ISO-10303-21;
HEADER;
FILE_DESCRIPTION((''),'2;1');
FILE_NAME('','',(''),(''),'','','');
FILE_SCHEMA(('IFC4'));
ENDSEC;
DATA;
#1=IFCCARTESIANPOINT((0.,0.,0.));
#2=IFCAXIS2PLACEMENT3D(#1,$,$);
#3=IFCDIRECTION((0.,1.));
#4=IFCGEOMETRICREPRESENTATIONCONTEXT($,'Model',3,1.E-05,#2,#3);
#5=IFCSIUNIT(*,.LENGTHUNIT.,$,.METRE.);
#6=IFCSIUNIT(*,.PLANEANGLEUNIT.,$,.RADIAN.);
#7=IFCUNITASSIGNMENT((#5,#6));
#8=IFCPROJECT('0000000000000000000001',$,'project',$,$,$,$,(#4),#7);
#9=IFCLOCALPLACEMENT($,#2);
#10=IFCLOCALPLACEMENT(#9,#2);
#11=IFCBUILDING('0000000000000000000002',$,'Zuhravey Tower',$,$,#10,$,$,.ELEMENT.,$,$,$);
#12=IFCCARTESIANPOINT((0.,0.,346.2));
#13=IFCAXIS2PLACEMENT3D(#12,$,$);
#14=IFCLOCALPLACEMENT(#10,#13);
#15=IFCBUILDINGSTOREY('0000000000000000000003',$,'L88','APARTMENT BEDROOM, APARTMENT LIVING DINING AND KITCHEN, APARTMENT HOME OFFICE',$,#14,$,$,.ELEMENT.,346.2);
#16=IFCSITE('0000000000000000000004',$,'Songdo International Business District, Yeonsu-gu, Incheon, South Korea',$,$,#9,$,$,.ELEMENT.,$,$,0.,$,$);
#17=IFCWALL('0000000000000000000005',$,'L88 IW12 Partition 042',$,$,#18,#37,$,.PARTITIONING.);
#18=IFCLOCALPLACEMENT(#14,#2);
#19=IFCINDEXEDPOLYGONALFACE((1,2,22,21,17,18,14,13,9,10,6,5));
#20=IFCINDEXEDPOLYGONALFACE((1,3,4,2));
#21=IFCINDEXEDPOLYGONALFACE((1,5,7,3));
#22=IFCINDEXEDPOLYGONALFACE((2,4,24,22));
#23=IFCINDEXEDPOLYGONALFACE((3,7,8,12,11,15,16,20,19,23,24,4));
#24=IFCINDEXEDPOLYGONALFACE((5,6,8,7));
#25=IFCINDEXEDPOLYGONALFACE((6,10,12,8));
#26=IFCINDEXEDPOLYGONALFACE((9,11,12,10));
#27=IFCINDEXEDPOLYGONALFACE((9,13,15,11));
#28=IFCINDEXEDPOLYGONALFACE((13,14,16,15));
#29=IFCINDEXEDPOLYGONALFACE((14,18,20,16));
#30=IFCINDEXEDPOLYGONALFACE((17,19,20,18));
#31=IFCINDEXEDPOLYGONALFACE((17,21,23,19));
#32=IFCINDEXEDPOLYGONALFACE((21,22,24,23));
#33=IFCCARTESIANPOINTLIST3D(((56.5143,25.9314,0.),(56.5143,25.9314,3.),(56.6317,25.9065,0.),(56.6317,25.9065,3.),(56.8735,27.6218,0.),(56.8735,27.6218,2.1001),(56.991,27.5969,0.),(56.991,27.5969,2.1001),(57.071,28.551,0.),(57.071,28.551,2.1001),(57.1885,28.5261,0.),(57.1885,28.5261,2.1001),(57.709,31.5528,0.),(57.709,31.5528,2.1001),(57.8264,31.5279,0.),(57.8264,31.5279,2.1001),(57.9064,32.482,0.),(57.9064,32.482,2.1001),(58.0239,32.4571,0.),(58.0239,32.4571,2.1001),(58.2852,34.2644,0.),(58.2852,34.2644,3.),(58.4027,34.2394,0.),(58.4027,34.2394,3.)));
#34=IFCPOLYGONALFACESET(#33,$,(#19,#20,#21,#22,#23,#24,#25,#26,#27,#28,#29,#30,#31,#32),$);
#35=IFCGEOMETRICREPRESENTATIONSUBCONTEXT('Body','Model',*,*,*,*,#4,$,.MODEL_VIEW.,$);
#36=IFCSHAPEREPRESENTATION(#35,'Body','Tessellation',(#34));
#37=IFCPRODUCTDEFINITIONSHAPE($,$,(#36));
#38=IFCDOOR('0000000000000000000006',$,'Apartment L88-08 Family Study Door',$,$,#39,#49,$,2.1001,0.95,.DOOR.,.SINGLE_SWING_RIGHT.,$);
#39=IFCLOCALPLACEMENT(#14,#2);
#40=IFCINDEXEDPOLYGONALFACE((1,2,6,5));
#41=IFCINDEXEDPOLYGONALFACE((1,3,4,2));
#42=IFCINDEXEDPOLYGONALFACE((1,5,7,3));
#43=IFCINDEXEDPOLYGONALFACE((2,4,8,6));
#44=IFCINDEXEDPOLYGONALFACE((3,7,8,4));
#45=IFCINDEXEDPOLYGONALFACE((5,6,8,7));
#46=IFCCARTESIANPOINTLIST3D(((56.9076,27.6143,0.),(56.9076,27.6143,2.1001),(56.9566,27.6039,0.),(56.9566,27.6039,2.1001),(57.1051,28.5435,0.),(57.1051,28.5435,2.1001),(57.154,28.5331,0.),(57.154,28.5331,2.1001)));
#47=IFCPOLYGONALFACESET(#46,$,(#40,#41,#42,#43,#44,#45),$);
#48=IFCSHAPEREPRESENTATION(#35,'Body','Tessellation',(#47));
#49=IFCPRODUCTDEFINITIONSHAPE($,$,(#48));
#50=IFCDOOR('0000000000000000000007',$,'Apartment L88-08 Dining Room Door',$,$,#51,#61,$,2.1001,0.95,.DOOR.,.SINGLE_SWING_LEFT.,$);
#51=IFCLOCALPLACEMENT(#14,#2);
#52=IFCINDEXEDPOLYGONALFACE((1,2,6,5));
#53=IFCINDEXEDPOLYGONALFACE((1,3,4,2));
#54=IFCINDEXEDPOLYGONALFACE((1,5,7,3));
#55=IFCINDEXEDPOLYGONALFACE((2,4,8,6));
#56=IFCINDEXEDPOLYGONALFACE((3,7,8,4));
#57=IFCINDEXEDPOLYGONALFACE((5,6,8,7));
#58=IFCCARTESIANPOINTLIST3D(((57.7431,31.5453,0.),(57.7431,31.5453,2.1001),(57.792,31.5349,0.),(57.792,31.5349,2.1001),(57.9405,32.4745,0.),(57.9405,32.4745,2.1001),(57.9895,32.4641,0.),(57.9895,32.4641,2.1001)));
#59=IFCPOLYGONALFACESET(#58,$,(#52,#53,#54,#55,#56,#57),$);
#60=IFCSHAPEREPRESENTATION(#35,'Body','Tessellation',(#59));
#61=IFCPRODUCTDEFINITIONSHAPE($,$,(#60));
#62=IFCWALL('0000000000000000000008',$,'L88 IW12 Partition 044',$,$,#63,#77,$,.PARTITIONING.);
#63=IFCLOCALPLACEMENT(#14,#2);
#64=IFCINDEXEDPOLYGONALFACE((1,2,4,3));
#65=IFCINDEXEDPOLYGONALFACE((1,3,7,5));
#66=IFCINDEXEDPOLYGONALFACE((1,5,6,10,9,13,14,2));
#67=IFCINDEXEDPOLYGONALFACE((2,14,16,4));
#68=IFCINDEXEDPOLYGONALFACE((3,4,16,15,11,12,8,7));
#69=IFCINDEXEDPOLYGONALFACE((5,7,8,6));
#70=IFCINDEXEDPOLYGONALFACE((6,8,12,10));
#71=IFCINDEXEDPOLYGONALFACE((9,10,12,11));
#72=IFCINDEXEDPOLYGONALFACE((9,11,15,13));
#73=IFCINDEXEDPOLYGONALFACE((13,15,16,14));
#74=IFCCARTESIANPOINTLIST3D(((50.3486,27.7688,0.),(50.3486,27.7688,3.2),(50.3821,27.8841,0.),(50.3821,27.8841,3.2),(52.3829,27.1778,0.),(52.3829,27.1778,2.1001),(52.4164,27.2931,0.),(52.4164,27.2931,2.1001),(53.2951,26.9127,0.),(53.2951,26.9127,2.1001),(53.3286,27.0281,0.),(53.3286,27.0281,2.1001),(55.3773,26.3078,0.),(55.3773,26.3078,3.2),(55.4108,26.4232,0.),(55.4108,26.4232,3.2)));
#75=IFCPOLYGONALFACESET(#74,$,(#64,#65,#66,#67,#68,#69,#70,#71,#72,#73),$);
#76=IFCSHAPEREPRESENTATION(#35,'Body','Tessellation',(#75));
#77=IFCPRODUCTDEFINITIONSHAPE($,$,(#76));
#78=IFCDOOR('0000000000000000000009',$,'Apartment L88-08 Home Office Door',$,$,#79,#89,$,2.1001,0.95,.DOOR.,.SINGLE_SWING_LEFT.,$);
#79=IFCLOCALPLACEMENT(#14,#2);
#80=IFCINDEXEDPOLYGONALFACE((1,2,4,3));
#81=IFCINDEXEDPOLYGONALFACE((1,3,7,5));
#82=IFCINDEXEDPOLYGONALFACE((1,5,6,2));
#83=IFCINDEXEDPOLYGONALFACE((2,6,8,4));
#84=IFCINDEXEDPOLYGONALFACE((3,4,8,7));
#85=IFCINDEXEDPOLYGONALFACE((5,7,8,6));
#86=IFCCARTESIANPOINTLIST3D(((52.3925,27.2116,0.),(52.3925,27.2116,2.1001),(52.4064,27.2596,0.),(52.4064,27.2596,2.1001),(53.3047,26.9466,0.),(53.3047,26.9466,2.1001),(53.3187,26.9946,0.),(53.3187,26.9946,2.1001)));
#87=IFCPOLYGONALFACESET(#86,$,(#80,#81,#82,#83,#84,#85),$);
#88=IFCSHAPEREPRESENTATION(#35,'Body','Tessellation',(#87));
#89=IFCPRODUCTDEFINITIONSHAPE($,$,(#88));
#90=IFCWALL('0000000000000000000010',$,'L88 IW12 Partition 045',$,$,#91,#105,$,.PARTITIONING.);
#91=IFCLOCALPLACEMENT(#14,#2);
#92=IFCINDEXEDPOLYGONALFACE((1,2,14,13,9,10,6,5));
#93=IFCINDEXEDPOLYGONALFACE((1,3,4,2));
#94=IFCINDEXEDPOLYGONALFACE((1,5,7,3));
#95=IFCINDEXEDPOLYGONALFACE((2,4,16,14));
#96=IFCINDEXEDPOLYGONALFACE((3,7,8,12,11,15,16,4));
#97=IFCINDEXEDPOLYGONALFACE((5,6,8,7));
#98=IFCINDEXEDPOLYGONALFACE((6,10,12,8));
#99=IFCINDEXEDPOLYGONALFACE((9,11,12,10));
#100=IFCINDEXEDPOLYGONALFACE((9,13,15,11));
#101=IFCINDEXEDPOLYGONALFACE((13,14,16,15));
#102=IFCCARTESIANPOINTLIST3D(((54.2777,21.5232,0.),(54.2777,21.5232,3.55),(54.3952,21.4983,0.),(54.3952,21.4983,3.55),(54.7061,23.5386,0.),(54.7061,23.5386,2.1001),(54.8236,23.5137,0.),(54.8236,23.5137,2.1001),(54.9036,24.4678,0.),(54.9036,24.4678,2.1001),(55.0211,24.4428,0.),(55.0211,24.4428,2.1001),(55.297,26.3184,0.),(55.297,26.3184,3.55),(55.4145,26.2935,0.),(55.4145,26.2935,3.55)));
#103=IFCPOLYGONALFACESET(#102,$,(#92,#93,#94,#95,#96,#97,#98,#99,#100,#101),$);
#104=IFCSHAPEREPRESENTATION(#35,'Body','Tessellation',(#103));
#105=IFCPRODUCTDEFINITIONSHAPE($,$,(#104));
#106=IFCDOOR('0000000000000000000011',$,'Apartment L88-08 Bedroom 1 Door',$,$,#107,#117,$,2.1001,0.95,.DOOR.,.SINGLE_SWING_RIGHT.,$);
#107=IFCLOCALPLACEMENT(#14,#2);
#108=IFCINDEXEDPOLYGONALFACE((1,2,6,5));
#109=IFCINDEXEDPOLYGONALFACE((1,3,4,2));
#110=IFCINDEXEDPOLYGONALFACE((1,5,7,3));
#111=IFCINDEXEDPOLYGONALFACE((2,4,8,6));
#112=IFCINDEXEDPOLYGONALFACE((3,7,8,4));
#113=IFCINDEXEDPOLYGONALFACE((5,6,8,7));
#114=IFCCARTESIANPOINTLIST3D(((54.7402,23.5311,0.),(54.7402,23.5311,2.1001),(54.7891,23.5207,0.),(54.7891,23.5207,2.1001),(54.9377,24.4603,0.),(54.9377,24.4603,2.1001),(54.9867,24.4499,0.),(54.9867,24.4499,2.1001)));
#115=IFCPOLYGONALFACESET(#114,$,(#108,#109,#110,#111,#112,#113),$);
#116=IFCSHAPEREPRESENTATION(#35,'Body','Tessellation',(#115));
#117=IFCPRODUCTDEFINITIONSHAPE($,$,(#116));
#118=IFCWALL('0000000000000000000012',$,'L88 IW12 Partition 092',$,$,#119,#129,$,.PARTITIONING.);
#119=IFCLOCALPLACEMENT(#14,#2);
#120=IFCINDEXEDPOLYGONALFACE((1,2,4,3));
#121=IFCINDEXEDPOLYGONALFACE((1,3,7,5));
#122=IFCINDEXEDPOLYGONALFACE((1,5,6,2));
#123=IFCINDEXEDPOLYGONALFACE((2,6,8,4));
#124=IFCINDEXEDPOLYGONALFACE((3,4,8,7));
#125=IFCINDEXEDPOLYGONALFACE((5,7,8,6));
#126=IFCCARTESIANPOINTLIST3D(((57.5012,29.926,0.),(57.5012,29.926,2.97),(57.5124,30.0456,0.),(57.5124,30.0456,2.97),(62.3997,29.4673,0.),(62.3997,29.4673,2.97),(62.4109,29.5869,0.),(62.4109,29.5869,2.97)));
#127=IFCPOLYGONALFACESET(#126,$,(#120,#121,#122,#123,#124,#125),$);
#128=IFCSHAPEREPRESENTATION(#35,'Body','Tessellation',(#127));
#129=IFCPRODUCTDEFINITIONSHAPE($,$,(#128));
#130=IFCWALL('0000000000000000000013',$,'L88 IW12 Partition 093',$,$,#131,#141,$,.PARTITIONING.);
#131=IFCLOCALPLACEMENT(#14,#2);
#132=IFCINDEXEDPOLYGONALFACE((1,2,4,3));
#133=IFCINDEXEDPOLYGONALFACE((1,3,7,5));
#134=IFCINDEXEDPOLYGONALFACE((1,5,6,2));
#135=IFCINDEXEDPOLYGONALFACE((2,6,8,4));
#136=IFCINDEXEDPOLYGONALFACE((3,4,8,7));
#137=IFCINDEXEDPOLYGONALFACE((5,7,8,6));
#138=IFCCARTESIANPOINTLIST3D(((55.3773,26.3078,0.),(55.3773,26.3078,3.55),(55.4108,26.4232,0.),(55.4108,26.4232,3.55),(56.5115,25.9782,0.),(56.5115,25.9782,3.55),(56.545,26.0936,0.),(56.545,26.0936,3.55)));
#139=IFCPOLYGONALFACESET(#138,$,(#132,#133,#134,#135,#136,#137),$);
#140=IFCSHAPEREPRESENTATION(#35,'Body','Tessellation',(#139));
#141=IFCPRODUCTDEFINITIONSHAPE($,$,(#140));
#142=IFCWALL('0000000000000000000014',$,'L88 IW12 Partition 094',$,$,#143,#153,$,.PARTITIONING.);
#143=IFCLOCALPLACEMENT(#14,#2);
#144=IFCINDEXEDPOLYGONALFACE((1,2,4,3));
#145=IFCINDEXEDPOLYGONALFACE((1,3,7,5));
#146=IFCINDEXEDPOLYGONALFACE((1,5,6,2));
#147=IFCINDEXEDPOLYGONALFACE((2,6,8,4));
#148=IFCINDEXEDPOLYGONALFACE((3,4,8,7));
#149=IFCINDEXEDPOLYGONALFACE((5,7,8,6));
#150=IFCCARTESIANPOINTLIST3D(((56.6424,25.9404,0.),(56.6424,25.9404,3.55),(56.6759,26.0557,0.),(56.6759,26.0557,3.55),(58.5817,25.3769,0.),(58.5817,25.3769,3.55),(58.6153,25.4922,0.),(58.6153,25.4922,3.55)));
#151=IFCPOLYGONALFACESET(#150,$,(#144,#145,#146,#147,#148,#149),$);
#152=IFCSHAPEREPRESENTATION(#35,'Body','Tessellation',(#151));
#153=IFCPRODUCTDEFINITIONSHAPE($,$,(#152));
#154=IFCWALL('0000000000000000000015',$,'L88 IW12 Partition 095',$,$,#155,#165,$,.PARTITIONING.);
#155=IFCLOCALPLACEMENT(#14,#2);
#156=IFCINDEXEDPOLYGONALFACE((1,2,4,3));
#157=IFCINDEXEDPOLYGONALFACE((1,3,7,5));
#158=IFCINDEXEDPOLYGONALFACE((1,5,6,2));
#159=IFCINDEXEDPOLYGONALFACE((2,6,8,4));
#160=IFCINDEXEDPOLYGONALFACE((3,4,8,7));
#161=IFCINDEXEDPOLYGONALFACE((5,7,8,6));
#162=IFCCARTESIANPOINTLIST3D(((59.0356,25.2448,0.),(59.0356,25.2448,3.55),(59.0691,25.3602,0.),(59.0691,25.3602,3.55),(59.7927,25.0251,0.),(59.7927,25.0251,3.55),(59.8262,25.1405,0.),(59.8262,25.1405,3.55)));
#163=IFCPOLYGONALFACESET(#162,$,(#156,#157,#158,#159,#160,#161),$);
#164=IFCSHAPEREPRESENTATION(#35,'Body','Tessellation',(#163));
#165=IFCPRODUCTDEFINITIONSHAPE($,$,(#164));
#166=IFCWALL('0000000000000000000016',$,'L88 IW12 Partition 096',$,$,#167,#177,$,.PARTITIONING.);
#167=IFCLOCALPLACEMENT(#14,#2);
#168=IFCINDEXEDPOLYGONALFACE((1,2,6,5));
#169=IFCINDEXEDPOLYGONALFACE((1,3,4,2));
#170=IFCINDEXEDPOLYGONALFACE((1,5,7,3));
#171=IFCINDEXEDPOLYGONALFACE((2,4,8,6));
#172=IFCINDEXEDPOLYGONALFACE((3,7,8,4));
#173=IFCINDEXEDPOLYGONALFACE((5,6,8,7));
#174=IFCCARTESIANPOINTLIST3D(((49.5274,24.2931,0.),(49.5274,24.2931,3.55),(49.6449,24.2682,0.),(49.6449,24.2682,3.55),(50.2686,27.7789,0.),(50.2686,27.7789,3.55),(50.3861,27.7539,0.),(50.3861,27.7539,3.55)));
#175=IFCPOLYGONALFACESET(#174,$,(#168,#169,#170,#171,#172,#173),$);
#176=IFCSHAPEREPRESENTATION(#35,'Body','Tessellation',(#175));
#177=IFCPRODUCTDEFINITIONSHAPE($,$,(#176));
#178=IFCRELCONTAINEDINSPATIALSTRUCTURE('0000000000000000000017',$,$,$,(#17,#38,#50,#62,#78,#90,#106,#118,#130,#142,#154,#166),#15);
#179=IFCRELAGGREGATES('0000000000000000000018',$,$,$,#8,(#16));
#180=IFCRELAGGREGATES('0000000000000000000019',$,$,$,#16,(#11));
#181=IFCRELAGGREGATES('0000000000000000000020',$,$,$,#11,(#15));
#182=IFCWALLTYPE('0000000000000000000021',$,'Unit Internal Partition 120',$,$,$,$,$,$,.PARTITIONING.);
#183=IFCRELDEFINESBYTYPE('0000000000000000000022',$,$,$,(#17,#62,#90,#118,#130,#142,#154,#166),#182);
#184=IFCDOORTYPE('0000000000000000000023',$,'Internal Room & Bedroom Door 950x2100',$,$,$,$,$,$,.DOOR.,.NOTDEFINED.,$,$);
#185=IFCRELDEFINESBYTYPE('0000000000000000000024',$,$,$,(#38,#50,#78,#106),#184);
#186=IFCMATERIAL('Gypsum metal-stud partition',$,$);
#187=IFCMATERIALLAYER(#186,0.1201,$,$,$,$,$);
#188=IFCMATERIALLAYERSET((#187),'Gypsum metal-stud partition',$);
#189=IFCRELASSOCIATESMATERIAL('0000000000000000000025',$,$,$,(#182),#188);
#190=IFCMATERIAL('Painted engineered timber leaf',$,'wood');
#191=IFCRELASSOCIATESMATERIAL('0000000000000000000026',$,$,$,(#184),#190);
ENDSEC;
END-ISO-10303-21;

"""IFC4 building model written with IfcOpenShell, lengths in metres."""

from ifc_helpers import new_model, si_unit, direction, frame, frame_2d, origin, place, context, subcontext, project, spatial, rectangle, extrude, material, layer, layer_set, type_object, element, fill, save


model = new_model("IFC4")

# Units and contexts
model_context = context("Model", 3, precision=1e-05, world=origin(), true_north=direction((0.0, 1.0)))
body_context = subcontext(model_context, "Body", "Model", "MODEL_VIEW")
ifc_project = project(units=[si_unit("LENGTHUNIT", "METRE"), si_unit("PLANEANGLEUNIT", "RADIAN")], contexts=[model_context])

# Site, building, storey
site_placement = place(None, origin())
site = spatial("IfcSite", under=ifc_project, at=site_placement, Name="Songdo International Business District, Yeonsu-gu, Incheon, South Korea", CompositionType="ELEMENT", RefElevation=0.0)
building_placement = place(site_placement, origin())
building = spatial("IfcBuilding", under=site, at=building_placement, Name="Zuhravey Tower", CompositionType="ELEMENT")
storey_placement = place(building_placement, frame((0.0, 0.0, 346.2)))
storey = spatial("IfcBuildingStorey", under=building, at=storey_placement, Name="L88", Description="APARTMENT BEDROOM, APARTMENT LIVING DINING AND KITCHEN, APARTMENT HOME OFFICE", CompositionType="ELEMENT", Elevation=346.2)

# Wall, openings, doors
ifc_material_1 = material(Name="Gypsum metal-stud partition")
ifc_layer_1 = layer(ifc_material_1, 0.1201)
ifc_layer_set_1 = layer_set([ifc_layer_1], Name="Gypsum metal-stud partition")
wall_type_1 = type_object("IfcWallType", Name="Unit Internal Partition 120", PredefinedType="PARTITIONING", material=ifc_layer_set_1)
wall_1_placement = place(storey_placement, frame((56.573, 25.9189, 0.0), z_axis=(0.0, 0.0, 1.0), x_axis=(0.207885, 0.978153, 0.0)))
wall_1 = element("IfcWall", 1, at=wall_1_placement, inside=storey, type_object=wall_type_1, Name="L88 IW12 Partition 042", PredefinedType="PARTITIONING", context=body_context, shape_type="SweptSolid", body=[
    extrude(rectangle(XDim=8.519, YDim=0.1201, at=frame_2d((4.2595, 0.0))), origin(), (0.0, 0.0, 1.0), 3.0),
])
opening_1_placement = place(wall_1_placement, frame((1.728, 0.0, 0.0)))
opening_1 = element("IfcOpeningElement", 2, at=opening_1_placement, cuts=wall_1, PredefinedType="OPENING", context=body_context, shape_type="SweptSolid", body=[
    extrude(rectangle(XDim=0.95, YDim=2.1001, at=frame_2d((0.4751, 1.05))), frame((0.0, 0.072, 0.0), z_axis=(0.0, -1.0, 0.0), x_axis=(1.0, 0.0, 0.0)), (0.0, 0.0, 1.0), 0.144),
])
opening_2_placement = place(wall_1_placement, frame((5.7468, 0.0, 0.0)))
opening_2 = element("IfcOpeningElement", 3, at=opening_2_placement, cuts=wall_1, PredefinedType="OPENING", context=body_context, shape_type="SweptSolid", body=[
    extrude(rectangle(XDim=0.95, YDim=2.1001, at=frame_2d((0.4751, 1.05))), frame((0.0, 0.072, 0.0), z_axis=(0.0, -1.0, 0.0), x_axis=(1.0, 0.0, 0.0)), (0.0, 0.0, 1.0), 0.144),
])
ifc_material_2 = material(Name="Painted engineered timber leaf", Category="wood")
door_type_1 = type_object("IfcDoorType", Name="Internal Room & Bedroom Door 950x2100", OperationType="NOTDEFINED", PredefinedType="DOOR", material=ifc_material_2)
door_1_placement = place(opening_1_placement, frame((0.95, 0.0, 0.0), z_axis=(0.0, 0.0, 1.0), x_axis=(-1.0, 0.0, 0.0)))
door_1 = element("IfcDoor", 4, at=door_1_placement, inside=storey, type_object=door_type_1, Name="Apartment L88-08 Family Study Door", OperationType="SINGLE_SWING_RIGHT", OverallHeight=2.1001, OverallWidth=0.95, PredefinedType="DOOR", context=body_context, shape_type="SweptSolid", body=[
    extrude(rectangle(XDim=0.95, YDim=2.1001, at=frame_2d((0.4751, 1.05))), frame((0.0, 0.0249, 0.0), z_axis=(0.0, -1.0, 0.0), x_axis=(1.0, 0.0, 0.0)), (0.0, 0.0, 1.0), 0.05),
])
fill(opening_1, door_1)
door_2_placement = place(opening_2_placement, frame((0.95, 0.0, 0.0), z_axis=(0.0, 0.0, 1.0), x_axis=(-1.0, 0.0, 0.0)))
door_2 = element("IfcDoor", 5, at=door_2_placement, inside=storey, type_object=door_type_1, Name="Apartment L88-08 Dining Room Door", OperationType="SINGLE_SWING_LEFT", OverallHeight=2.1001, OverallWidth=0.95, PredefinedType="DOOR", context=body_context, shape_type="SweptSolid", body=[
    extrude(rectangle(XDim=0.95, YDim=2.1001, at=frame_2d((0.4751, 1.05))), frame((0.0, 0.0249, 0.0), z_axis=(0.0, -1.0, 0.0), x_axis=(1.0, 0.0, 0.0)), (0.0, 0.0, 1.0), 0.05),
])
fill(opening_2, door_2)

# Walls, openings, doors
wall_2_placement = place(storey_placement, frame((50.3655, 27.8264, 0.0), z_axis=(0.0, 0.0, 1.0), x_axis=(0.960293, -0.278992, 0.0)))
wall_2 = element("IfcWall", 6, at=wall_2_placement, inside=storey, type_object=wall_type_1, Name="L88 IW12 Partition 044", PredefinedType="PARTITIONING", context=body_context, shape_type="SweptSolid", body=[
    extrude(rectangle(XDim=5.2366, YDim=0.1201, at=frame_2d((2.6182, 0.0))), origin(), (0.0, 0.0, 1.0), 3.2),
])
opening_3_placement = place(wall_2_placement, frame((2.1182, 0.0, 0.0)))
opening_3 = element("IfcOpeningElement", 7, at=opening_3_placement, cuts=wall_2, PredefinedType="OPENING", context=body_context, shape_type="SweptSolid", body=[
    extrude(rectangle(XDim=0.95, YDim=2.1001, at=frame_2d((0.4751, 1.05))), frame((0.0, 0.072, 0.0), z_axis=(0.0, -1.0, 0.0), x_axis=(1.0, 0.0, 0.0)), (0.0, 0.0, 1.0), 0.144),
])
door_3_placement = place(opening_3_placement, frame((0.95, 0.0, 0.0), z_axis=(0.0, 0.0, 1.0), x_axis=(-1.0, 0.0, 0.0)))
door_3 = element("IfcDoor", 8, at=door_3_placement, inside=storey, type_object=door_type_1, Name="Apartment L88-08 Home Office Door", OperationType="SINGLE_SWING_LEFT", OverallHeight=2.1001, OverallWidth=0.95, PredefinedType="DOOR", context=body_context, shape_type="SweptSolid", body=[
    extrude(rectangle(XDim=0.95, YDim=2.1001, at=frame_2d((0.4751, 1.05))), frame((0.0, 0.0249, 0.0), z_axis=(0.0, -1.0, 0.0), x_axis=(1.0, 0.0, 0.0)), (0.0, 0.0, 1.0), 0.05),
])
fill(opening_3, door_3)
wall_3_placement = place(storey_placement, frame((54.3364, 21.5107, 0.0), z_axis=(0.0, 0.0, 1.0), x_axis=(0.20792, 0.978146, 0.0)))
wall_3 = element("IfcWall", 9, at=wall_3_placement, inside=storey, type_object=wall_type_1, Name="L88 IW12 Partition 045", PredefinedType="PARTITIONING", context=body_context, shape_type="SweptSolid", body=[
    extrude(rectangle(XDim=4.9023, YDim=0.1201, at=frame_2d((2.4512, 0.0))), origin(), (0.0, 0.0, 1.0), 3.55),
])
opening_4_placement = place(wall_3_placement, frame((2.0603, 0.0, 0.0)))
opening_4 = element("IfcOpeningElement", 10, at=opening_4_placement, cuts=wall_3, PredefinedType="OPENING", context=body_context, shape_type="SweptSolid", body=[
    extrude(rectangle(XDim=0.95, YDim=2.1001, at=frame_2d((0.4751, 1.05))), frame((0.0, 0.072, 0.0), z_axis=(0.0, -1.0, 0.0), x_axis=(1.0, 0.0, 0.0)), (0.0, 0.0, 1.0), 0.144),
])
door_4_placement = place(opening_4_placement, frame((0.95, 0.0, 0.0), z_axis=(0.0, 0.0, 1.0), x_axis=(-1.0, 0.0, 0.0)))
door_4 = element("IfcDoor", 11, at=door_4_placement, inside=storey, type_object=door_type_1, Name="Apartment L88-08 Bedroom 1 Door", OperationType="SINGLE_SWING_RIGHT", OverallHeight=2.1001, OverallWidth=0.95, PredefinedType="DOOR", context=body_context, shape_type="SweptSolid", body=[
    extrude(rectangle(XDim=0.95, YDim=2.1001, at=frame_2d((0.4751, 1.05))), frame((0.0, 0.0249, 0.0), z_axis=(0.0, -1.0, 0.0), x_axis=(1.0, 0.0, 0.0)), (0.0, 0.0, 1.0), 0.05),
])
fill(opening_4, door_4)

# Walls
wall_4_placement = place(storey_placement, frame((57.5068, 29.9858, 0.0), z_axis=(0.0, 0.0, 1.0), x_axis=(0.995643, -0.093242, 0.0)))
element("IfcWall", 12, at=wall_4_placement, inside=storey, type_object=wall_type_1, Name="L88 IW12 Partition 092", PredefinedType="PARTITIONING", context=body_context, shape_type="SweptSolid", body=[
    extrude(rectangle(XDim=4.9199, YDim=0.1201, at=frame_2d((2.46, 0.0))), origin(), (0.0, 0.0, 1.0), 2.97),
])
wall_5_placement = place(storey_placement, frame((55.394, 26.3655, 0.0), z_axis=(0.0, 0.0, 1.0), x_axis=(0.960282, -0.279032, 0.0)))
element("IfcWall", 13, at=wall_5_placement, inside=storey, type_object=wall_type_1, Name="L88 IW12 Partition 093", PredefinedType="PARTITIONING", context=body_context, shape_type="SweptSolid", body=[
    extrude(rectangle(XDim=1.1812, YDim=0.1201, at=frame_2d((0.5906, 0.0))), origin(), (0.0, 0.0, 1.0), 3.55),
])
wall_6_placement = place(storey_placement, frame((56.6592, 25.998, 0.0), z_axis=(0.0, 0.0, 1.0), x_axis=(0.960283, -0.27903, 0.0)))
element("IfcWall", 14, at=wall_6_placement, inside=storey, type_object=wall_type_1, Name="L88 IW12 Partition 094", PredefinedType="PARTITIONING", context=body_context, shape_type="SweptSolid", body=[
    extrude(rectangle(XDim=2.0195, YDim=0.1201, at=frame_2d((1.0098, 0.0))), origin(), (0.0, 0.0, 1.0), 3.55),
])
wall_7_placement = place(storey_placement, frame((59.0525, 25.3025, 0.0), z_axis=(0.0, 0.0, 1.0), x_axis=(0.96037, -0.278727, 0.0)))
element("IfcWall", 15, at=wall_7_placement, inside=storey, type_object=wall_type_1, Name="L88 IW12 Partition 095", PredefinedType="PARTITIONING", context=body_context, shape_type="SweptSolid", body=[
    extrude(rectangle(XDim=0.7883, YDim=0.1201, at=frame_2d((0.394, 0.0))), origin(), (0.0, 0.0, 1.0), 3.55),
])
wall_8_placement = place(storey_placement, frame((49.5862, 24.2808, 0.0), z_axis=(0.0, 0.0, 1.0), x_axis=(0.207985, 0.978132, 0.0)))
element("IfcWall", 16, at=wall_8_placement, inside=storey, type_object=wall_type_1, Name="L88 IW12 Partition 096", PredefinedType="PARTITIONING", context=body_context, shape_type="SweptSolid", body=[
    extrude(rectangle(XDim=3.5637, YDim=0.1201, at=frame_2d((1.7817, 0.0))), origin(), (0.0, 0.0, 1.0), 3.55),
])

save(model, "model.ifc")
